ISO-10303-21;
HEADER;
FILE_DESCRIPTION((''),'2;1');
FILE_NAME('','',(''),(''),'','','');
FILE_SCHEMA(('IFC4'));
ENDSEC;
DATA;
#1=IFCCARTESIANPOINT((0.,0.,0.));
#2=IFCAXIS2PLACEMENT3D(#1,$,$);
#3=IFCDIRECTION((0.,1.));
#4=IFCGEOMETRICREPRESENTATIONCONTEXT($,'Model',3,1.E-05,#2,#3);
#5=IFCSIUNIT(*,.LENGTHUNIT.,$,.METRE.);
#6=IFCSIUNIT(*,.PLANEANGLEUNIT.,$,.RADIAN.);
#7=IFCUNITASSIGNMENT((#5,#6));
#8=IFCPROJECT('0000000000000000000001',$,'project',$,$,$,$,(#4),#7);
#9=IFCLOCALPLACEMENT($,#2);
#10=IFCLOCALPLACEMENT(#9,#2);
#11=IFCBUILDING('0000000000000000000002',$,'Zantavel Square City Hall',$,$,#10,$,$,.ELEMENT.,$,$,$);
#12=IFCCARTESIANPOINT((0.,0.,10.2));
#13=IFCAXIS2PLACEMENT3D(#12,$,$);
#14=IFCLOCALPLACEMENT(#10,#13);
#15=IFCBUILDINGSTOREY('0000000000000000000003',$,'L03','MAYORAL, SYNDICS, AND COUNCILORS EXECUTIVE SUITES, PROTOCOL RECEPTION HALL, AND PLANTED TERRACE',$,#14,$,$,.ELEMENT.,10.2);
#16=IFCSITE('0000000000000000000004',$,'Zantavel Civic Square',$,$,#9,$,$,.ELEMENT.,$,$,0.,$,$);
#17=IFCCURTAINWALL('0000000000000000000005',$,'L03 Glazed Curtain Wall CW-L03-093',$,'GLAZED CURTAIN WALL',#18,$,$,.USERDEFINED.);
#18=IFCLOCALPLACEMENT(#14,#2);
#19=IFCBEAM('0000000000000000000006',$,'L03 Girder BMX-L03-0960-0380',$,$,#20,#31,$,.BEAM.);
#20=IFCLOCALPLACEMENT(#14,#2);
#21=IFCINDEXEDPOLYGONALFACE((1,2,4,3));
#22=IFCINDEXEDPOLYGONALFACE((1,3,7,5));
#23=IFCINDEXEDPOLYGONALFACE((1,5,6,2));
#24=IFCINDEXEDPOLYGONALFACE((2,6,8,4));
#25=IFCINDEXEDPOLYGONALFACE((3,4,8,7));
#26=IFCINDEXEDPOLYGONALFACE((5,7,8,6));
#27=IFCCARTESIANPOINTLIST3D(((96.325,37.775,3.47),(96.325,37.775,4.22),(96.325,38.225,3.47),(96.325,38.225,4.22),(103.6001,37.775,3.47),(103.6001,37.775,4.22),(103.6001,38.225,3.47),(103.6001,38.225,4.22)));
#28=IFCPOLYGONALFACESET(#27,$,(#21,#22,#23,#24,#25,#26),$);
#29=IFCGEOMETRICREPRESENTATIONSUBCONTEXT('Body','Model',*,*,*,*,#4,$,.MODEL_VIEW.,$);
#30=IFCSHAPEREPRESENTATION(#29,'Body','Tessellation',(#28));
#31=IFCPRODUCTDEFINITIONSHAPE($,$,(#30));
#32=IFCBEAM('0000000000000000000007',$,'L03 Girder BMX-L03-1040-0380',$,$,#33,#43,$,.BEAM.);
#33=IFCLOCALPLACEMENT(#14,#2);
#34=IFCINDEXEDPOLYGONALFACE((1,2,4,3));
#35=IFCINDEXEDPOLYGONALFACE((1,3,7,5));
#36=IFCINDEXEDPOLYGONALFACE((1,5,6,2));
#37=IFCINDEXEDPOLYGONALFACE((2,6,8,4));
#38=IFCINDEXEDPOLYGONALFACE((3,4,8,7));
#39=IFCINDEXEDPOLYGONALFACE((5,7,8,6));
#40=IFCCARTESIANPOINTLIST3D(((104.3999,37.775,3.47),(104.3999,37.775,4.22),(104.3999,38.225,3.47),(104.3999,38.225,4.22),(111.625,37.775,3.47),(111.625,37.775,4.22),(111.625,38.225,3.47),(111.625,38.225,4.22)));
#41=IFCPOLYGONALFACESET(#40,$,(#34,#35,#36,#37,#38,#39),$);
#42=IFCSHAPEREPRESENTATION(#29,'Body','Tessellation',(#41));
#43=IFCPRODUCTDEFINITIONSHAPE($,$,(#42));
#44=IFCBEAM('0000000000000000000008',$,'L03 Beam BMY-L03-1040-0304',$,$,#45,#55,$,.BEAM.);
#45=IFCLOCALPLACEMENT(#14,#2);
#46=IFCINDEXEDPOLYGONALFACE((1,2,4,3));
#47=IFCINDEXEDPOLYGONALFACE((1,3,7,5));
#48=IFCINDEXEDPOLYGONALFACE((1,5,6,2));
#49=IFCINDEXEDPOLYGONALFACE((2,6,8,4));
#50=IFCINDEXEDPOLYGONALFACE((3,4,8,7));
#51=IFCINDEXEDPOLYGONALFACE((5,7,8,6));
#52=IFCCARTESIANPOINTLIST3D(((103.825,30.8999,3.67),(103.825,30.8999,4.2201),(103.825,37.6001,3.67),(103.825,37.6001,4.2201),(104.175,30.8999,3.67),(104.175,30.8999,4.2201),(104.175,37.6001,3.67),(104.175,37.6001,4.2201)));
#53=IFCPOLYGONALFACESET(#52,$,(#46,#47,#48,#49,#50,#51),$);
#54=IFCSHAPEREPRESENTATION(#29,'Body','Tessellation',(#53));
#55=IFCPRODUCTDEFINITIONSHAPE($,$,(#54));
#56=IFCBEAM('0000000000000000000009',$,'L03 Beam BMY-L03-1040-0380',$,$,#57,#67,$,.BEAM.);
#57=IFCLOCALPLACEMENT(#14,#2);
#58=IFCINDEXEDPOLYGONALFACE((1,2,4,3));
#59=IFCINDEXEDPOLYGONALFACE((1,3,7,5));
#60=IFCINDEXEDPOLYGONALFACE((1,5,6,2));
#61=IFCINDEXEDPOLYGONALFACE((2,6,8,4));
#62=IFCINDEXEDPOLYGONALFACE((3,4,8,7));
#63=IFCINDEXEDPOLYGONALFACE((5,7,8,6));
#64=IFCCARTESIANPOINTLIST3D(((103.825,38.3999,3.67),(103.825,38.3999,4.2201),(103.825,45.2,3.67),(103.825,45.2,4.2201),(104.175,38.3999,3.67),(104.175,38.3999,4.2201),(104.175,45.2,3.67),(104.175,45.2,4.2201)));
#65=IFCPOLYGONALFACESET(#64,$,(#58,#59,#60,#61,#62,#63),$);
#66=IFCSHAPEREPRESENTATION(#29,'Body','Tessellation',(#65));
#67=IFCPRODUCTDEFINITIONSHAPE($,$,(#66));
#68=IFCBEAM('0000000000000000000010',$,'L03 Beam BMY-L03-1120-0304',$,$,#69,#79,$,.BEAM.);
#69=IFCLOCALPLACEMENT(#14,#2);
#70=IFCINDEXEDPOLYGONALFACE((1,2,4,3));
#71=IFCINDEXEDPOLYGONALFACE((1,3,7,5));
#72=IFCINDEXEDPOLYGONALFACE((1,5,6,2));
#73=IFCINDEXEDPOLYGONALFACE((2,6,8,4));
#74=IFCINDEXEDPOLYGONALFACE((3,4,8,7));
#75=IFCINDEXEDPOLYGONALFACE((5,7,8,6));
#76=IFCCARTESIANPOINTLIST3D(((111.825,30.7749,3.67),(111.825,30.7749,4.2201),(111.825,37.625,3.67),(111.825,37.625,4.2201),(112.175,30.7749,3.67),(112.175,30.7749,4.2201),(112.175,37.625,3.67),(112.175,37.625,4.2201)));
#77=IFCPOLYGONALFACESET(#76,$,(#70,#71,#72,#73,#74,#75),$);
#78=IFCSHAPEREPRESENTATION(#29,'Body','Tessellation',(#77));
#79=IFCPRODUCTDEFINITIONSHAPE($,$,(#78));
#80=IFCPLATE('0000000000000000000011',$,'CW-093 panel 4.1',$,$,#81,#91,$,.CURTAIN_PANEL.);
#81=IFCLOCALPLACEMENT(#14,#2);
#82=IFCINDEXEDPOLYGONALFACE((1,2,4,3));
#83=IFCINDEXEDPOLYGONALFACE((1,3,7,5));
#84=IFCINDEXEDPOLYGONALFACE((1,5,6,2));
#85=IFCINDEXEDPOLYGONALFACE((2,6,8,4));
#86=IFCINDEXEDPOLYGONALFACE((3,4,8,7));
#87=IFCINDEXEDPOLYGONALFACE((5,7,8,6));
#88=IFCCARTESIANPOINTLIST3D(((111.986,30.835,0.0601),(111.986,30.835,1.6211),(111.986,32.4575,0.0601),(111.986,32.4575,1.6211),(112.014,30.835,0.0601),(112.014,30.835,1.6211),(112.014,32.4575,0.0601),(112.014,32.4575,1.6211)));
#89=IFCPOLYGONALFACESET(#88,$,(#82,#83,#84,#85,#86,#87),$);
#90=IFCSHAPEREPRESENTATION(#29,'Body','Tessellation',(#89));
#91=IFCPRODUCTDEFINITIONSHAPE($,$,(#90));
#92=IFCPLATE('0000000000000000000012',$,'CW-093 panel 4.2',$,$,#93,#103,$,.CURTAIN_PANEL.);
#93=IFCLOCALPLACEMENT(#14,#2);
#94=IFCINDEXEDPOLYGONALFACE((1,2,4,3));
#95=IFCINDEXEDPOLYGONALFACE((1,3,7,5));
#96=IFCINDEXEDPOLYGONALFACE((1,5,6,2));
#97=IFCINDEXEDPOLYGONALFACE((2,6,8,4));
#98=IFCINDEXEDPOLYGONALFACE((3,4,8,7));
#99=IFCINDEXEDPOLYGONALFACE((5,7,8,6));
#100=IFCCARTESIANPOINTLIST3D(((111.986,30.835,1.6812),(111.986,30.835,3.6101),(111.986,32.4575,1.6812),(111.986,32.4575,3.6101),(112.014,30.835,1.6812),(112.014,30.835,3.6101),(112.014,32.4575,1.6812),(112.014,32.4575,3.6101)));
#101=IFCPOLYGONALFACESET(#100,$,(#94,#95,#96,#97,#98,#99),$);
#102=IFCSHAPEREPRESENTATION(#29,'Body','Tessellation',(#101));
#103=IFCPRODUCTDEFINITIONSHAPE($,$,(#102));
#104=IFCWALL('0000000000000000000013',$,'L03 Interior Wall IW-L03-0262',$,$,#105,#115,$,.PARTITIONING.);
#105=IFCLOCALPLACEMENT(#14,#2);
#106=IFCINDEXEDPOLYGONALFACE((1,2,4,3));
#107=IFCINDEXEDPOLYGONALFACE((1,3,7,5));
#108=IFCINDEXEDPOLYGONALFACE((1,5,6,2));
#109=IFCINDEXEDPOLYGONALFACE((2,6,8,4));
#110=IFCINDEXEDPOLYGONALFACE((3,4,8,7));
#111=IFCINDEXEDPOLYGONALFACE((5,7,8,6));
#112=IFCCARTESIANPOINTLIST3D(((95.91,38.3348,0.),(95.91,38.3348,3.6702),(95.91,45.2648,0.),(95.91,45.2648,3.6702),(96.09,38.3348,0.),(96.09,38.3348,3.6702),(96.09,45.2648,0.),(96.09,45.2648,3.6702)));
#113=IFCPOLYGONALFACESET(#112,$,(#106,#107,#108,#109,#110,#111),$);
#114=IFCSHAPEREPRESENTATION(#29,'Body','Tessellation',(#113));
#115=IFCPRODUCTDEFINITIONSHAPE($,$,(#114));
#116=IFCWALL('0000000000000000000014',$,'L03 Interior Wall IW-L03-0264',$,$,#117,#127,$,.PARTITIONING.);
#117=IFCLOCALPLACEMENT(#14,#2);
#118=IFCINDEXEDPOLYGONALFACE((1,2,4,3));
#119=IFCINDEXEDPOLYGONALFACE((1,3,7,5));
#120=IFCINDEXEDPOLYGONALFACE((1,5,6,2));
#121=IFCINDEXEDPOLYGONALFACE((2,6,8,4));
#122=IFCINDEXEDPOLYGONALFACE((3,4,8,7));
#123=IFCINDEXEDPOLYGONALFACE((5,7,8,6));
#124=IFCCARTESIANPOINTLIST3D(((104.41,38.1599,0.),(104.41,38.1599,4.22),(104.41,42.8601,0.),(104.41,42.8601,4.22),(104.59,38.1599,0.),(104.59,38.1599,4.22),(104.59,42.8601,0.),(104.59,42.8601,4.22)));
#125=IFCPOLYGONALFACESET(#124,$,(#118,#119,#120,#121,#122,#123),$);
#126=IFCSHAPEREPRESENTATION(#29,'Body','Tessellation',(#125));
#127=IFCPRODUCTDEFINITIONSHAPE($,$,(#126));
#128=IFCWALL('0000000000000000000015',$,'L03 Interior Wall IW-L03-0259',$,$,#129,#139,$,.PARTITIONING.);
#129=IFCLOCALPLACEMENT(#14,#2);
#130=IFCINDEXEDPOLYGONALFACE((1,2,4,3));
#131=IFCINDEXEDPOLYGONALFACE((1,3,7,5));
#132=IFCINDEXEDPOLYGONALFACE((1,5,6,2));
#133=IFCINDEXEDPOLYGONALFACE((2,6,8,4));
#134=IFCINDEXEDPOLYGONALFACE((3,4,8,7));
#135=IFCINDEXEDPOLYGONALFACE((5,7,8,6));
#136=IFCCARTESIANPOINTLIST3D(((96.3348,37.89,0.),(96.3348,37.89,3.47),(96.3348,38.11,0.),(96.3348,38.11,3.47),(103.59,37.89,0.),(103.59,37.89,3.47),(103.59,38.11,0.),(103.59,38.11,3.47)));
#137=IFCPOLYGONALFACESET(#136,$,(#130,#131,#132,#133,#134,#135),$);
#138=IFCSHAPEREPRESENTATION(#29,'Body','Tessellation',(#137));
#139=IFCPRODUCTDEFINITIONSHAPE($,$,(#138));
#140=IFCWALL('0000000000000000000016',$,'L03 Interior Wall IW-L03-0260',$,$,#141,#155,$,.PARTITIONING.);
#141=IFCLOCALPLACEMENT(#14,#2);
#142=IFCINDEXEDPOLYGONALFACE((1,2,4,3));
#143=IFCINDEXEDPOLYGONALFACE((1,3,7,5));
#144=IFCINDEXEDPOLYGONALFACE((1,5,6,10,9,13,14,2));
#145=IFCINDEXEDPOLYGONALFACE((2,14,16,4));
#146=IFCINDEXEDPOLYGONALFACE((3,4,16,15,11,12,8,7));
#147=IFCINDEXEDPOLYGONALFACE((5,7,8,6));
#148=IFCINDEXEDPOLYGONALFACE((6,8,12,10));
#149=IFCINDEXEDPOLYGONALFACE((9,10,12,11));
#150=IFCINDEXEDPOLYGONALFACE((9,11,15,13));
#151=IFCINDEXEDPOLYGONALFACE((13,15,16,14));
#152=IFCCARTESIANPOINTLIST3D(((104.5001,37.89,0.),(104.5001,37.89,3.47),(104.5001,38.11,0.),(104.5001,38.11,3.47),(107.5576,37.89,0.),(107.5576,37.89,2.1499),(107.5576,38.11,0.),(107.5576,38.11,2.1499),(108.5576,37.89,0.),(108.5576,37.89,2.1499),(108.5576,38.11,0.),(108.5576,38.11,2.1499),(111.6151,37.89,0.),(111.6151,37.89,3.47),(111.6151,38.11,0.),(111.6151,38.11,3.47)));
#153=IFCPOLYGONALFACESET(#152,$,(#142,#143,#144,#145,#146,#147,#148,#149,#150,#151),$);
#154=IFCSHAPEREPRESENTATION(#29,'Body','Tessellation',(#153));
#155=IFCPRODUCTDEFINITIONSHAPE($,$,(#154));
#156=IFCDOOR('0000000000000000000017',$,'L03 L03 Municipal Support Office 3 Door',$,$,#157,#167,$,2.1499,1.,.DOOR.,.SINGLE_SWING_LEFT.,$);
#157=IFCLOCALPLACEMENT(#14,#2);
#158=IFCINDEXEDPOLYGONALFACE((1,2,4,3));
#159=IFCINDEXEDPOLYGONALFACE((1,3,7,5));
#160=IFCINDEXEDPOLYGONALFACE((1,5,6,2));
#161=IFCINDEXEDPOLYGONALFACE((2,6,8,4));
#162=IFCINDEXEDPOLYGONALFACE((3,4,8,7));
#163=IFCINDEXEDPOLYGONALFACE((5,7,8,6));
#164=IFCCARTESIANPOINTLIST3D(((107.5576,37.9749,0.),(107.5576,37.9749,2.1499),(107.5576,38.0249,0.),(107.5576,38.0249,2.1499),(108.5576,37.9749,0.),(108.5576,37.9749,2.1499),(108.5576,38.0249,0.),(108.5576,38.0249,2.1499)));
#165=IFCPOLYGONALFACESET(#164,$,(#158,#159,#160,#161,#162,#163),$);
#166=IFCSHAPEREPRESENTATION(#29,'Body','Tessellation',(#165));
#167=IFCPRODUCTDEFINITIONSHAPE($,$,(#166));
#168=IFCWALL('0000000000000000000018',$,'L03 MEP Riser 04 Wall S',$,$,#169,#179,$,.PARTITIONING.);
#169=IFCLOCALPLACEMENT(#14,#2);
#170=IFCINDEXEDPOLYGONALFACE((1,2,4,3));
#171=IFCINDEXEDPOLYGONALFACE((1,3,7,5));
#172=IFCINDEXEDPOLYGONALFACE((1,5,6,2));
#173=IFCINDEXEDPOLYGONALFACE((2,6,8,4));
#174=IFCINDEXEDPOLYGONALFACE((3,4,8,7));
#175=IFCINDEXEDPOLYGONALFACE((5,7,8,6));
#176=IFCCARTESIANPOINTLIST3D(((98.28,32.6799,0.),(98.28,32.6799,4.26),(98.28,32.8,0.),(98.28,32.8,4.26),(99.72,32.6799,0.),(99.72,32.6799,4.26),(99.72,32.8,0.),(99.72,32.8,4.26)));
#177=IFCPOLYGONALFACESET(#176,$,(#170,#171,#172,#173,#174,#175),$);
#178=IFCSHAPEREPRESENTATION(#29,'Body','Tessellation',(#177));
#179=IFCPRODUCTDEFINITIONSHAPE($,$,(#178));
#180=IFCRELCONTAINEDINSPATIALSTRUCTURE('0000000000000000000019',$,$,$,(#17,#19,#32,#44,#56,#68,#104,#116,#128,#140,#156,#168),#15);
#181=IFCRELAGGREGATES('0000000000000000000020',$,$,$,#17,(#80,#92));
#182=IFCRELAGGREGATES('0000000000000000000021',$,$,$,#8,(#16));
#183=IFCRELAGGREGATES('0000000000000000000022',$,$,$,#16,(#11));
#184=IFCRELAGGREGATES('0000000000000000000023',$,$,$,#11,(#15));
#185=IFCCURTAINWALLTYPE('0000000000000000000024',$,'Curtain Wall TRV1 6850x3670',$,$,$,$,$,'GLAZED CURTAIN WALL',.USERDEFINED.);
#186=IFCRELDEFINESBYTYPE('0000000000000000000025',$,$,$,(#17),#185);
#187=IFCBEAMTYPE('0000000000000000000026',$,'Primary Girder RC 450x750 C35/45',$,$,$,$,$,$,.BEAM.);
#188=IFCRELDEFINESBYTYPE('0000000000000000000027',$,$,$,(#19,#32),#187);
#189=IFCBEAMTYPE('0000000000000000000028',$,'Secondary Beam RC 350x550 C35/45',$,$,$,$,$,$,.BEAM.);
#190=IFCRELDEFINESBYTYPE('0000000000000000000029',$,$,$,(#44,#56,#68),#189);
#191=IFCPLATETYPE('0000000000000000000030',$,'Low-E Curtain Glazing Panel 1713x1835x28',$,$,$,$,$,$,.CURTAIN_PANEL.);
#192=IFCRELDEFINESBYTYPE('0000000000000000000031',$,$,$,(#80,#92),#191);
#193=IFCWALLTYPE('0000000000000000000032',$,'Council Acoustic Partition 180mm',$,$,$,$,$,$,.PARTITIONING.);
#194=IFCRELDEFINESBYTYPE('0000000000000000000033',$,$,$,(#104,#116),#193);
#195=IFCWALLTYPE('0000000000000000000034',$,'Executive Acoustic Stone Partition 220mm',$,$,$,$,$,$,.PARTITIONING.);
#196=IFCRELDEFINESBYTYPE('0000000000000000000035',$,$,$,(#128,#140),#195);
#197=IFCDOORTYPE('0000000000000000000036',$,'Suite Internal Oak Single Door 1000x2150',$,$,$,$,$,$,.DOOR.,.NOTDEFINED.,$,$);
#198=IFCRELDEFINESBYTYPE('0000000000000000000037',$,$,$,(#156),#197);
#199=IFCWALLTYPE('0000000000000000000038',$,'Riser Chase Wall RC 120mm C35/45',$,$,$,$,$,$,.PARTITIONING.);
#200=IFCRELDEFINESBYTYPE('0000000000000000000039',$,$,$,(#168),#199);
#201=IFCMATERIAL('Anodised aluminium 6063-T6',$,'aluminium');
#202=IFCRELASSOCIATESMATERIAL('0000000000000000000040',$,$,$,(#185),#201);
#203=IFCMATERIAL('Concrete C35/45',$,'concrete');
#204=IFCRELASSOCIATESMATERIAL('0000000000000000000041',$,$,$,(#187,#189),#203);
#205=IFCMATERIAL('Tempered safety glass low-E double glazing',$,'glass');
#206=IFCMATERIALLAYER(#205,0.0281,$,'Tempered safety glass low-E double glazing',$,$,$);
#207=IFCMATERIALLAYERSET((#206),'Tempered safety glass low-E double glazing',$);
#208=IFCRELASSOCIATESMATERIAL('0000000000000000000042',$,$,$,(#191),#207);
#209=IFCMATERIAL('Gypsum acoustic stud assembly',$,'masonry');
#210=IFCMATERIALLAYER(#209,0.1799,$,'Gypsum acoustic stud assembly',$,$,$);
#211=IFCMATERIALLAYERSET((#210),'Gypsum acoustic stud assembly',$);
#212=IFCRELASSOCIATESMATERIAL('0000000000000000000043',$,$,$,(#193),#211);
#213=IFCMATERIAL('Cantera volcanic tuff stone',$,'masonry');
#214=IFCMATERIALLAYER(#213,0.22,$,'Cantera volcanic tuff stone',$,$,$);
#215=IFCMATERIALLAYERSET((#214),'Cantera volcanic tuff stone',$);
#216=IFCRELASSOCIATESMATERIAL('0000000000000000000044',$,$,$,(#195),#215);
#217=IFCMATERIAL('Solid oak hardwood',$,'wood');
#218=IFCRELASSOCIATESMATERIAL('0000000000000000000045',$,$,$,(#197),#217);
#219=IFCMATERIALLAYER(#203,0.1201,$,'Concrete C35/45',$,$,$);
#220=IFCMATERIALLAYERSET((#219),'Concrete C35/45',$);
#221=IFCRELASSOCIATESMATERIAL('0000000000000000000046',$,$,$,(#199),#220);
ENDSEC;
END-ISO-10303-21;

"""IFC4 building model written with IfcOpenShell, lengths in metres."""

from ifc_helpers import new_model, si_unit, direction, frame, frame_2d, origin, origin_2d, place, context, subcontext, project, spatial, rectangle, extrude, material, layer, layer_set, material_profile, profile_set, type_object, element, fill, aggregate, save


model = new_model("IFC4")

# Units and contexts
model_context = context("Model", 3, precision=1e-05, world=origin(), true_north=direction((0.0, 1.0)))
body_context = subcontext(model_context, "Body", "Model", "MODEL_VIEW")
ifc_project = project(units=[si_unit("LENGTHUNIT", "METRE"), si_unit("PLANEANGLEUNIT", "RADIAN")], contexts=[model_context])

# Site, building, storey
site_placement = place(None, origin())
site = spatial("IfcSite", under=ifc_project, at=site_placement, Name="Zantavel Civic Square", CompositionType="ELEMENT", RefElevation=0.0)
building_placement = place(site_placement, origin())
building = spatial("IfcBuilding", under=site, at=building_placement, Name="Zantavel Square City Hall", CompositionType="ELEMENT")
storey_placement = place(building_placement, frame((0.0, 0.0, 10.2)))
storey = spatial("IfcBuildingStorey", under=building, at=storey_placement, Name="L03", Description="MAYORAL, SYNDICS, AND COUNCILORS EXECUTIVE SUITES, PROTOCOL RECEPTION HALL, AND PLANTED TERRACE", CompositionType="ELEMENT", Elevation=10.2)

# Curtain wall
ifc_material_1 = material(Name="Anodised aluminium 6063-T6", Category="aluminium")
curtain_wall_type_1 = type_object("IfcCurtainWallType", Name="Curtain Wall TRV1 6850x3670", ElementType="GLAZED CURTAIN WALL", PredefinedType="USERDEFINED", material=ifc_material_1)
curtain_wall_1_placement = place(storey_placement, origin())
curtain_wall_1 = element("IfcCurtainWall", 1, at=curtain_wall_1_placement, inside=storey, type_object=curtain_wall_type_1, Name="L03 Glazed Curtain Wall CW-L03-093", ObjectType="GLAZED CURTAIN WALL", PredefinedType="USERDEFINED")

# Beams
ifc_material_2 = material(Name="Concrete C35/45", Category="concrete")
ifc_material_profile_1 = material_profile(ifc_material_2, rectangle(XDim=0.45, YDim=0.75, at=origin_2d()), Name="RC 450x750")
ifc_profile_set_1 = profile_set([ifc_material_profile_1], Name="Concrete C35/45")
beam_type_1 = type_object("IfcBeamType", Name="Primary Girder RC 450x750 C35/45", PredefinedType="BEAM", material=ifc_profile_set_1)
beam_1_placement = place(storey_placement, frame((96.325, 38.0, 3.845), z_axis=(1.0, 0.0, 0.0), x_axis=(0.0, 1.0, 0.0)))
element("IfcBeam", 2, at=beam_1_placement, inside=storey, type_object=beam_type_1, Name="L03 Girder BMX-L03-0960-0380", PredefinedType="BEAM", context=body_context, shape_type="SweptSolid", body=[
    extrude(rectangle(XDim=0.45, YDim=0.75, at=origin_2d()), origin(), (0.0, 0.0, 1.0), 7.2751),
])
beam_2_placement = place(storey_placement, frame((104.3999, 38.0, 3.845), z_axis=(1.0, 0.0, 0.0), x_axis=(0.0, 1.0, 0.0)))
element("IfcBeam", 3, at=beam_2_placement, inside=storey, type_object=beam_type_1, Name="L03 Girder BMX-L03-1040-0380", PredefinedType="BEAM", context=body_context, shape_type="SweptSolid", body=[
    extrude(rectangle(XDim=0.45, YDim=0.75, at=origin_2d()), origin(), (0.0, 0.0, 1.0), 7.2251),
])
ifc_material_profile_2 = material_profile(ifc_material_2, rectangle(XDim=0.3501, YDim=0.55, at=origin_2d()), Name="RC 350x550")
ifc_profile_set_2 = profile_set([ifc_material_profile_2], Name="Concrete C35/45")
beam_type_2 = type_object("IfcBeamType", Name="Secondary Beam RC 350x550 C35/45", PredefinedType="BEAM", material=ifc_profile_set_2)
beam_3_placement = place(storey_placement, frame((104.0, 30.8999, 3.9451), z_axis=(0.0, 1.0, 0.0), x_axis=(-1.0, 0.0, 0.0)))
element("IfcBeam", 4, at=beam_3_placement, inside=storey, type_object=beam_type_2, Name="L03 Beam BMY-L03-1040-0304", PredefinedType="BEAM", context=body_context, shape_type="SweptSolid", body=[
    extrude(rectangle(XDim=0.3501, YDim=0.55, at=origin_2d()), origin(), (0.0, 0.0, 1.0), 6.7002),
])
beam_4_placement = place(storey_placement, frame((104.0, 38.3999, 3.9451), z_axis=(0.0, 1.0, 0.0), x_axis=(-1.0, 0.0, 0.0)))
element("IfcBeam", 5, at=beam_4_placement, inside=storey, type_object=beam_type_2, Name="L03 Beam BMY-L03-1040-0380", PredefinedType="BEAM", context=body_context, shape_type="SweptSolid", body=[
    extrude(rectangle(XDim=0.3501, YDim=0.55, at=origin_2d()), origin(), (0.0, 0.0, 1.0), 6.8),
])
beam_5_placement = place(storey_placement, frame((112.0, 30.7749, 3.9451), z_axis=(0.0, 1.0, 0.0), x_axis=(-1.0, 0.0, 0.0)))
element("IfcBeam", 6, at=beam_5_placement, inside=storey, type_object=beam_type_2, Name="L03 Beam BMY-L03-1120-0304", PredefinedType="BEAM", context=body_context, shape_type="SweptSolid", body=[
    extrude(rectangle(XDim=0.3501, YDim=0.55, at=origin_2d()), origin(), (0.0, 0.0, 1.0), 6.8501),
])

# Plates
ifc_material_3 = material(Name="Tempered safety glass low-E double glazing", Category="glass")
ifc_layer_1 = layer(ifc_material_3, 0.0281, Name="Tempered safety glass low-E double glazing")
ifc_layer_set_1 = layer_set([ifc_layer_1], Name="Tempered safety glass low-E double glazing")
plate_type = type_object("IfcPlateType", Name="Low-E Curtain Glazing Panel 1713x1835x28", PredefinedType="CURTAIN_PANEL", material=ifc_layer_set_1)
plate_1_placement = place(storey_placement, frame((112.0, 31.6462, 0.0601), z_axis=(0.0, 0.0, 1.0), x_axis=(0.0, -1.0, 0.0)))
plate_1 = element("IfcPlate", 7, at=plate_1_placement, type_object=plate_type, Name="CW-093 panel 4.1", PredefinedType="CURTAIN_PANEL", context=body_context, shape_type="SweptSolid", body=[
    extrude(rectangle(XDim=1.6226, YDim=0.0281, at=origin_2d()), origin(), (0.0, 0.0, 1.0), 1.561),
])
plate_2_placement = place(storey_placement, frame((112.0, 31.6462, 1.6812), z_axis=(0.0, 0.0, 1.0), x_axis=(0.0, -1.0, 0.0)))
plate_2 = element("IfcPlate", 8, at=plate_2_placement, type_object=plate_type, Name="CW-093 panel 4.2", PredefinedType="CURTAIN_PANEL", context=body_context, shape_type="SweptSolid", body=[
    extrude(rectangle(XDim=1.6226, YDim=0.0281, at=origin_2d()), origin(), (0.0, 0.0, 1.0), 1.929),
])
aggregate(curtain_wall_1, [plate_1, plate_2])

# Walls
ifc_material_4 = material(Name="Gypsum acoustic stud assembly", Category="masonry")
ifc_layer_2 = layer(ifc_material_4, 0.1799, Name="Gypsum acoustic stud assembly")
ifc_layer_set_2 = layer_set([ifc_layer_2], Name="Gypsum acoustic stud assembly")
wall_type_1 = type_object("IfcWallType", Name="Council Acoustic Partition 180mm", PredefinedType="PARTITIONING", material=ifc_layer_set_2)
wall_1_placement = place(storey_placement, frame((96.0, 38.335, 0.0), z_axis=(0.0, 0.0, 1.0), x_axis=(0.0, 1.0, 0.0)))
element("IfcWall", 9, at=wall_1_placement, inside=storey, type_object=wall_type_1, Name="L03 Interior Wall IW-L03-0262", PredefinedType="PARTITIONING", context=body_context, shape_type="SweptSolid", body=[
    extrude(rectangle(XDim=6.9299, YDim=0.1799, at=frame_2d((3.4648, 0.0))), origin(), (0.0, 0.0, 1.0), 3.6702),
])
wall_2_placement = place(storey_placement, frame((104.5, 42.8601, 0.0), z_axis=(0.0, 0.0, 1.0), x_axis=(0.0, -1.0, 0.0)))
element("IfcWall", 10, at=wall_2_placement, inside=storey, type_object=wall_type_1, Name="L03 Interior Wall IW-L03-0264", PredefinedType="PARTITIONING", context=body_context, shape_type="SweptSolid", body=[
    extrude(rectangle(XDim=4.7002, YDim=0.1799, at=frame_2d((2.3501, 0.0))), origin(), (0.0, 0.0, 1.0), 4.22),
])
ifc_material_5 = material(Name="Cantera volcanic tuff stone", Category="masonry")
ifc_layer_3 = layer(ifc_material_5, 0.22, Name="Cantera volcanic tuff stone")
ifc_layer_set_3 = layer_set([ifc_layer_3], Name="Cantera volcanic tuff stone")
wall_type_2 = type_object("IfcWallType", Name="Executive Acoustic Stone Partition 220mm", PredefinedType="PARTITIONING", material=ifc_layer_set_3)
wall_3_placement = place(storey_placement, frame((96.335, 38.0, 0.0), z_axis=(0.0, 0.0, 1.0), x_axis=(1.0, 0.0, 0.0)))
element("IfcWall", 11, at=wall_3_placement, inside=storey, type_object=wall_type_2, Name="L03 Interior Wall IW-L03-0259", PredefinedType="PARTITIONING", context=body_context, shape_type="SweptSolid", body=[
    extrude(rectangle(XDim=7.2551, YDim=0.22, at=frame_2d((3.6274, 0.0))), origin(), (0.0, 0.0, 1.0), 3.47),
])

# Wall, opening, door
wall_4_placement = place(storey_placement, frame((104.5, 38.0, 0.0), z_axis=(0.0, 0.0, 1.0), x_axis=(1.0, 0.0, 0.0)))
wall_4 = element("IfcWall", 12, at=wall_4_placement, inside=storey, type_object=wall_type_2, Name="L03 Interior Wall IW-L03-0260", PredefinedType="PARTITIONING", context=body_context, shape_type="SweptSolid", body=[
    extrude(rectangle(XDim=7.115, YDim=0.22, at=frame_2d((3.5576, 0.0))), origin(), (0.0, 0.0, 1.0), 3.47),
])
opening_placement = place(wall_4_placement, frame((3.0576, 0.0, 0.0)))
opening = element("IfcOpeningElement", 13, at=opening_placement, cuts=wall_4, PredefinedType="OPENING", context=body_context, shape_type="SweptSolid", body=[
    extrude(rectangle(XDim=1.0, YDim=2.1499, at=frame_2d((0.5, 1.075))), frame((0.0, 0.1199, 0.0), z_axis=(0.0, -1.0, 0.0), x_axis=(1.0, 0.0, 0.0)), (0.0, 0.0, 1.0), 0.24),
])
ifc_material_6 = material(Name="Solid oak hardwood", Category="wood")
door_type = type_object("IfcDoorType", Name="Suite Internal Oak Single Door 1000x2150", OperationType="NOTDEFINED", PredefinedType="DOOR", material=ifc_material_6)
door_placement = place(opening_placement, origin())
door = element("IfcDoor", 14, at=door_placement, inside=storey, type_object=door_type, Name="L03 L03 Municipal Support Office 3 Door", OperationType="SINGLE_SWING_LEFT", OverallHeight=2.1499, OverallWidth=1.0, PredefinedType="DOOR", context=body_context, shape_type="SweptSolid", body=[
    extrude(rectangle(XDim=1.0, YDim=2.1499, at=frame_2d((0.5, 1.075))), frame((0.0, 0.0249, 0.0), z_axis=(0.0, -1.0, 0.0), x_axis=(1.0, 0.0, 0.0)), (0.0, 0.0, 1.0), 0.05),
])
fill(opening, door)

# Wall
ifc_layer_4 = layer(ifc_material_2, 0.1201, Name="Concrete C35/45")
ifc_layer_set_4 = layer_set([ifc_layer_4], Name="Concrete C35/45")
wall_type_3 = type_object("IfcWallType", Name="Riser Chase Wall RC 120mm C35/45", PredefinedType="PARTITIONING", material=ifc_layer_set_4)
wall_5_placement = place(storey_placement, frame((99.72, 32.74, 0.0), z_axis=(0.0, 0.0, 1.0), x_axis=(-1.0, 0.0, 0.0)))
element("IfcWall", 15, at=wall_5_placement, inside=storey, type_object=wall_type_3, Name="L03 MEP Riser 04 Wall S", PredefinedType="PARTITIONING", context=body_context, shape_type="SweptSolid", body=[
    extrude(rectangle(XDim=1.4399, YDim=0.1201, at=frame_2d((0.72, 0.0))), origin(), (0.0, 0.0, 1.0), 4.26),
])

save(model, "model.ifc")
